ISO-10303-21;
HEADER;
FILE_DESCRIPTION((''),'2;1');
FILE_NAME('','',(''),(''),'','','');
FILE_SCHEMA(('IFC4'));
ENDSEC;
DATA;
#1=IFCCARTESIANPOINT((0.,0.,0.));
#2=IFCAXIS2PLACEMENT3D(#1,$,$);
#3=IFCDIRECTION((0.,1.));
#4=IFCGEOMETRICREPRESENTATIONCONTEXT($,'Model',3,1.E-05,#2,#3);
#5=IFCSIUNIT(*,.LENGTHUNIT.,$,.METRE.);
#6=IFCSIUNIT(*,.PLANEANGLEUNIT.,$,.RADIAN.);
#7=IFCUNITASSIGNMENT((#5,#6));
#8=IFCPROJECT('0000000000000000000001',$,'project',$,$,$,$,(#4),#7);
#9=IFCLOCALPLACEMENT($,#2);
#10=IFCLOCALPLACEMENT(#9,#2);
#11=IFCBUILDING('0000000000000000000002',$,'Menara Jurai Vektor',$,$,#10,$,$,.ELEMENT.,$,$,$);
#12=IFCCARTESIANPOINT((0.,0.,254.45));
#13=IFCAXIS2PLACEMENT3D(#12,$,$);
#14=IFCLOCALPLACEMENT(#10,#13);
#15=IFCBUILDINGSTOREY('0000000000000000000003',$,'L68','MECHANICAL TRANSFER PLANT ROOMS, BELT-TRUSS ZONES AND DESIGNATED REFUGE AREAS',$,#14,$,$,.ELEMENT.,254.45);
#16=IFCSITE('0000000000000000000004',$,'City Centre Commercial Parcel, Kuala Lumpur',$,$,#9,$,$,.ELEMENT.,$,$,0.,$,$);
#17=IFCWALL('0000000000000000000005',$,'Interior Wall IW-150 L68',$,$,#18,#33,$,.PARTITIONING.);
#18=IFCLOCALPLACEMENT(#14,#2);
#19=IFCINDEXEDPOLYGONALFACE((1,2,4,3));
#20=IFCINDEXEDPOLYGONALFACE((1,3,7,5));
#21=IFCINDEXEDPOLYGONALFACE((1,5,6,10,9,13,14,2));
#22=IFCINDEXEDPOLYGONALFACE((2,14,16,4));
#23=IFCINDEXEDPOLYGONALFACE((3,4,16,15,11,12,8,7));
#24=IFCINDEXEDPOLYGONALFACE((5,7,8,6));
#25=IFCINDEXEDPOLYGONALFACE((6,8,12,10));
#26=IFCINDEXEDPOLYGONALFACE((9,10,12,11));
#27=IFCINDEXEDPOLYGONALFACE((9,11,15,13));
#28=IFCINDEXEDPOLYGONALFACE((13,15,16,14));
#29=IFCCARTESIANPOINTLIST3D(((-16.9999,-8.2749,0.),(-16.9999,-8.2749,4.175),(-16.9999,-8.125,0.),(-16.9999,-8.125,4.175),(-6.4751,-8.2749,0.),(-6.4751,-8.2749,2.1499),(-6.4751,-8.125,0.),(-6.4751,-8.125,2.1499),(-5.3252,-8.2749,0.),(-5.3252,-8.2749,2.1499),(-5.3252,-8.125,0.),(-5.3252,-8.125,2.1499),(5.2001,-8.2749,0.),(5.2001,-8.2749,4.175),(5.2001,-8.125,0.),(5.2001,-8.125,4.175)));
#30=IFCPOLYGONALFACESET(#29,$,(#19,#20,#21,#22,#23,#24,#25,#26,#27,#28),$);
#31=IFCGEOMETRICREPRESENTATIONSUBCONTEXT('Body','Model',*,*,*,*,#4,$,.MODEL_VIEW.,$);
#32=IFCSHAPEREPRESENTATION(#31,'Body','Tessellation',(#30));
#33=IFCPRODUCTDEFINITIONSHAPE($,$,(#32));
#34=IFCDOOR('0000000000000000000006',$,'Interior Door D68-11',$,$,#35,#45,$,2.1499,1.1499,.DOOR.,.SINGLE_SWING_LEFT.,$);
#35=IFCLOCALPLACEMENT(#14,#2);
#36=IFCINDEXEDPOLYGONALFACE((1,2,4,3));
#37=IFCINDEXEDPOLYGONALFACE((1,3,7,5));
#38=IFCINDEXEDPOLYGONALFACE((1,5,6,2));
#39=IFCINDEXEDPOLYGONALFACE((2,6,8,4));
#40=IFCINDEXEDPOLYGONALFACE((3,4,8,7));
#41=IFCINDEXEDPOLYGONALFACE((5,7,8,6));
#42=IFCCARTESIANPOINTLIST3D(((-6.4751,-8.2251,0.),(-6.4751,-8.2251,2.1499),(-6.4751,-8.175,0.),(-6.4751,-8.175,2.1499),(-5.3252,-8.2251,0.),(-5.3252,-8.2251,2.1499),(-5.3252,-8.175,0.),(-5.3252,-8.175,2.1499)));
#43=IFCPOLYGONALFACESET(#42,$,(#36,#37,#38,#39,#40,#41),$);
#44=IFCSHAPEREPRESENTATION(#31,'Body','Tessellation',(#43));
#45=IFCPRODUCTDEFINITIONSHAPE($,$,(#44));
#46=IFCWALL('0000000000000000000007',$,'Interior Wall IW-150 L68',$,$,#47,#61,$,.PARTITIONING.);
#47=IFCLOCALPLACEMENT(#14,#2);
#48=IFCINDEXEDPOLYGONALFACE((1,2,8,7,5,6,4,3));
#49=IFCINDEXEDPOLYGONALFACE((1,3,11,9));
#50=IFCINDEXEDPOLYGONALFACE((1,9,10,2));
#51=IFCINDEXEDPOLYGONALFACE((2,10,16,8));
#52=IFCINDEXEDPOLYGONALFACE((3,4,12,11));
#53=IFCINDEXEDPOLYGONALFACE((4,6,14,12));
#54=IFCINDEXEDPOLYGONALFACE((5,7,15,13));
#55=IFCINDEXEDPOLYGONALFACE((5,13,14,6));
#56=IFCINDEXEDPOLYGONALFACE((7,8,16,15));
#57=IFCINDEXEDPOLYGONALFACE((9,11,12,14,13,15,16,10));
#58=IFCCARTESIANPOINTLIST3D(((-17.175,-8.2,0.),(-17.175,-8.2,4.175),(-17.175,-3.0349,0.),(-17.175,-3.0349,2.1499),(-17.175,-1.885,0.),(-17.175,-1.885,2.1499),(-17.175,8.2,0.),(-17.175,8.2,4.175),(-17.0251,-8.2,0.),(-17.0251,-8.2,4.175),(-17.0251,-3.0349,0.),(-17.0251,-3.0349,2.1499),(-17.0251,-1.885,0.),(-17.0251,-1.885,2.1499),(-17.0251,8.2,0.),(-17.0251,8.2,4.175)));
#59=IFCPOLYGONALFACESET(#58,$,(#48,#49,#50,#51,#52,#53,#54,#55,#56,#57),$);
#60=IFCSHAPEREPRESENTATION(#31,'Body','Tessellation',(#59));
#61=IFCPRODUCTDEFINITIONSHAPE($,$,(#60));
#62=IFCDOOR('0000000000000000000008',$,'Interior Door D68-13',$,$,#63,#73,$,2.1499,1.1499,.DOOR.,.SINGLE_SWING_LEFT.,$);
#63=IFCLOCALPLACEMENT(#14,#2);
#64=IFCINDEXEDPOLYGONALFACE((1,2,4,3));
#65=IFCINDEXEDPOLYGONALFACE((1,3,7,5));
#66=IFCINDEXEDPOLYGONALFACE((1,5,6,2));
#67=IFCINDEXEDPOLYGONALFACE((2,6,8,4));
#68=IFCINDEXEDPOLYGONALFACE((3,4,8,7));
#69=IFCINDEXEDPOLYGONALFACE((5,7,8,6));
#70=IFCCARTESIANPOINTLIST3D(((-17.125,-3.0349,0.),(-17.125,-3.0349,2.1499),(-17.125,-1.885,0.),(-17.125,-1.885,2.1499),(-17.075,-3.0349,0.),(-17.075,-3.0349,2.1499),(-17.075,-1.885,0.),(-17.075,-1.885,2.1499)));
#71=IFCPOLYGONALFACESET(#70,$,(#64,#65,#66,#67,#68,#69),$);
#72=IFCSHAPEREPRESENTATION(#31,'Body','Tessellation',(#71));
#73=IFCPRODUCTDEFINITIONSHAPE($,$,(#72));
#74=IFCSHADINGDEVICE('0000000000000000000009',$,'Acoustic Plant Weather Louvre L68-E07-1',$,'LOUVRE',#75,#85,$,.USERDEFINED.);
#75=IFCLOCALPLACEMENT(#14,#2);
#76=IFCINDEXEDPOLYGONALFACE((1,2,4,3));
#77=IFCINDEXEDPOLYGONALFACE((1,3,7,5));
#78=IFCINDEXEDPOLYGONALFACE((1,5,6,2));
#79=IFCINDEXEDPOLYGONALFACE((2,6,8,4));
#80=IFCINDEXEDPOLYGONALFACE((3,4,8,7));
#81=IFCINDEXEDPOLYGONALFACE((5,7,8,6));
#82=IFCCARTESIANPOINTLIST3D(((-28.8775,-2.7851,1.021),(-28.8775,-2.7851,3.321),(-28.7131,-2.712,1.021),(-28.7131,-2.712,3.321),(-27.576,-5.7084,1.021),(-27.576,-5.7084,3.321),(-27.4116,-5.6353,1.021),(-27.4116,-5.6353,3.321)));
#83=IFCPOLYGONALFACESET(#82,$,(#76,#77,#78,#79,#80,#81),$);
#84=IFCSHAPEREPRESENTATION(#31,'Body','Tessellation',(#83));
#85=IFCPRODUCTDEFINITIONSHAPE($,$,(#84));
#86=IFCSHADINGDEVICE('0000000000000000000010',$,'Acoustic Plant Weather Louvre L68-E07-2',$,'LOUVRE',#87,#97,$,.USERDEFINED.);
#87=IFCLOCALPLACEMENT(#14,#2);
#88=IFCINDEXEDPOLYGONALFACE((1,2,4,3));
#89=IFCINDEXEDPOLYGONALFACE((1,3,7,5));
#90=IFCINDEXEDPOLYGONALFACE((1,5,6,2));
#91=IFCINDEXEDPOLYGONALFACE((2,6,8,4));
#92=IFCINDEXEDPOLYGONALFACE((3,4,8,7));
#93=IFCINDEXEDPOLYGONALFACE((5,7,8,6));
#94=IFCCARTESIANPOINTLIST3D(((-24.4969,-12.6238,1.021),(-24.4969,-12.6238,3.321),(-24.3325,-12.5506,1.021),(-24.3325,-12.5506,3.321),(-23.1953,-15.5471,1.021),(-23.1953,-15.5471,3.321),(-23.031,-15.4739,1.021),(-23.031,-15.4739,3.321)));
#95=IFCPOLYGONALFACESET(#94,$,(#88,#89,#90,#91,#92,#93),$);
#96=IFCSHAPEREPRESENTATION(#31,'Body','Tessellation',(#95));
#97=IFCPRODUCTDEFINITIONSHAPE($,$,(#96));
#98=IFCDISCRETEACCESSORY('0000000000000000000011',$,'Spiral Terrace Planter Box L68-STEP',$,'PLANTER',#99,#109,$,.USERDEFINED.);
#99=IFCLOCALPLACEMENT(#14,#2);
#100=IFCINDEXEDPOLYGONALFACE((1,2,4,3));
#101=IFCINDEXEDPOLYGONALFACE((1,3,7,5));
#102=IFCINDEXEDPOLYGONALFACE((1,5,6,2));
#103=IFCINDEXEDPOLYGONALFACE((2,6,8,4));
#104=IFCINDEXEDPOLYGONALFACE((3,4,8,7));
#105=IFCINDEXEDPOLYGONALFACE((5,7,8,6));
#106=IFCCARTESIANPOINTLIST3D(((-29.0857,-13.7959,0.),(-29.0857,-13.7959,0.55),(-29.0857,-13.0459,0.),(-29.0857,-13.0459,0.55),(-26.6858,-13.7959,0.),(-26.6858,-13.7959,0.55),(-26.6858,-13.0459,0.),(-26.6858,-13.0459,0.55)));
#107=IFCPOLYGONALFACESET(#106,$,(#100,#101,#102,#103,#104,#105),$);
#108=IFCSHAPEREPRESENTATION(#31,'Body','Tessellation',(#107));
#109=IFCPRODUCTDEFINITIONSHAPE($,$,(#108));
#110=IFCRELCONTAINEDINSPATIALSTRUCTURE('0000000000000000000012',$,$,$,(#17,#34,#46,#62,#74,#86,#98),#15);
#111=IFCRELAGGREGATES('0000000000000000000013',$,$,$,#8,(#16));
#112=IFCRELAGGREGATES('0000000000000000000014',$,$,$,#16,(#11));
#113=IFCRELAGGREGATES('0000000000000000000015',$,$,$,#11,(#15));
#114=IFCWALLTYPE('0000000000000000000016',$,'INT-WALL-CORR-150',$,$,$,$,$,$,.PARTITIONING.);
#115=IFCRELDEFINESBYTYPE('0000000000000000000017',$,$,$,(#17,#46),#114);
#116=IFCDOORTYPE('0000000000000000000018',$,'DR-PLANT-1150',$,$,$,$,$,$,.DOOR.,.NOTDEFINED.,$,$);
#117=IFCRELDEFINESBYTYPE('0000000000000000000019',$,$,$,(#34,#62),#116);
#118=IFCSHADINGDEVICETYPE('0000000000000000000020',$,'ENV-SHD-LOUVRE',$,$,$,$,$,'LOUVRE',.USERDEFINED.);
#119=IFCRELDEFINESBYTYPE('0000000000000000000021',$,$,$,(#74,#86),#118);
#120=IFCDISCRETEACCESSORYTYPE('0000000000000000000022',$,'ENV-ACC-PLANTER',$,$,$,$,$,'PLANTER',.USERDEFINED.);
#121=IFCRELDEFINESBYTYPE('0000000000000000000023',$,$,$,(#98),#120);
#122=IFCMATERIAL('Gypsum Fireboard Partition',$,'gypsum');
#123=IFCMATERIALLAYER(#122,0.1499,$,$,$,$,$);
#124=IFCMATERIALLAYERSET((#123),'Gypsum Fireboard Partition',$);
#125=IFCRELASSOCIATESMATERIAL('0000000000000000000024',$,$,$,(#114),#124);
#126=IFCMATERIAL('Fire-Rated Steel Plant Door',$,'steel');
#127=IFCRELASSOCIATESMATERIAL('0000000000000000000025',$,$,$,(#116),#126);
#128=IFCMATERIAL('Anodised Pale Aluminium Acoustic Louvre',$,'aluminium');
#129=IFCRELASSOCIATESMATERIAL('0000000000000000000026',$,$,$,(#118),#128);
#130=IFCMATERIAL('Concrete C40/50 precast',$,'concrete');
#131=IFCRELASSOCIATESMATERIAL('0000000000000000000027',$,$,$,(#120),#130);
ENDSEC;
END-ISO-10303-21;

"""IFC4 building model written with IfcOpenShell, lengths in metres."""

from ifc_helpers import new_model, si_unit, direction, frame, frame_2d, origin, origin_2d, place, context, subcontext, project, spatial, rectangle, extrude, material, layer, layer_set, type_object, element, fill, save


model = new_model("IFC4")

# Units and contexts
model_context = context("Model", 3, precision=1e-05, world=origin(), true_north=direction((0.0, 1.0)))
body_context = subcontext(model_context, "Body", "Model", "MODEL_VIEW")
ifc_project = project(units=[si_unit("LENGTHUNIT", "METRE"), si_unit("PLANEANGLEUNIT", "RADIAN")], contexts=[model_context])

# Site, building, storey
site_placement = place(None, origin())
site = spatial("IfcSite", under=ifc_project, at=site_placement, Name="City Centre Commercial Parcel, Kuala Lumpur", CompositionType="ELEMENT", RefElevation=0.0)
building_placement = place(site_placement, origin())
building = spatial("IfcBuilding", under=site, at=building_placement, Name="Menara Jurai Vektor", CompositionType="ELEMENT")
storey_placement = place(building_placement, frame((0.0, 0.0, 254.45)))
storey = spatial("IfcBuildingStorey", under=building, at=storey_placement, Name="L68", Description="MECHANICAL TRANSFER PLANT ROOMS, BELT-TRUSS ZONES AND DESIGNATED REFUGE AREAS", CompositionType="ELEMENT", Elevation=254.45)

# Walls, openings, doors
ifc_material_1 = material(Name="Gypsum Fireboard Partition", Category="gypsum")
ifc_layer = layer(ifc_material_1, 0.1499)
ifc_layer_set = layer_set([ifc_layer], Name="Gypsum Fireboard Partition")
wall_type = type_object("IfcWallType", Name="INT-WALL-CORR-150", PredefinedType="PARTITIONING", material=ifc_layer_set)
wall_1_placement = place(storey_placement, frame((-17.0, -8.2, 0.0), z_axis=(0.0, 0.0, 1.0), x_axis=(1.0, 0.0, 0.0)))
wall_1 = element("IfcWall", 1, at=wall_1_placement, inside=storey, type_object=wall_type, Name="Interior Wall IW-150 L68", PredefinedType="PARTITIONING", context=body_context, shape_type="SweptSolid", body=[
    extrude(rectangle(XDim=22.2, YDim=0.1499, at=frame_2d((11.1001, 0.0))), origin(), (0.0, 0.0, 1.0), 4.175),
])
opening_1_placement = place(wall_1_placement, frame((10.5249, 0.0, 0.0)))
opening_1 = element("IfcOpeningElement", 2, at=opening_1_placement, cuts=wall_1, PredefinedType="OPENING", context=body_context, shape_type="SweptSolid", body=[
    extrude(rectangle(XDim=1.1499, YDim=2.1499, at=frame_2d((0.575, 1.075))), frame((0.0, 0.085, 0.0), z_axis=(0.0, -1.0, 0.0), x_axis=(1.0, 0.0, 0.0)), (0.0, 0.0, 1.0), 0.1699),
])
ifc_material_2 = material(Name="Fire-Rated Steel Plant Door", Category="steel")
door_type = type_object("IfcDoorType", Name="DR-PLANT-1150", OperationType="NOTDEFINED", PredefinedType="DOOR", material=ifc_material_2)
door_1_placement = place(opening_1_placement, origin())
door_1 = element("IfcDoor", 3, at=door_1_placement, inside=storey, type_object=door_type, Name="Interior Door D68-11", OperationType="SINGLE_SWING_LEFT", OverallHeight=2.1499, OverallWidth=1.1499, PredefinedType="DOOR", context=body_context, shape_type="SweptSolid", body=[
    extrude(rectangle(XDim=1.1499, YDim=2.1499, at=frame_2d((0.575, 1.075))), frame((0.0, 0.0249, 0.0), z_axis=(0.0, -1.0, 0.0), x_axis=(1.0, 0.0, 0.0)), (0.0, 0.0, 1.0), 0.05),
])
fill(opening_1, door_1)
wall_2_placement = place(storey_placement, frame((-17.1001, -8.2, 0.0), z_axis=(0.0, 0.0, 1.0), x_axis=(0.0, 1.0, 0.0)))
wall_2 = element("IfcWall", 4, at=wall_2_placement, inside=storey, type_object=wall_type, Name="Interior Wall IW-150 L68", PredefinedType="PARTITIONING", context=body_context, shape_type="SweptSolid", body=[
    extrude(rectangle(XDim=16.3999, YDim=0.1499, at=frame_2d((8.2, 0.0))), origin(), (0.0, 0.0, 1.0), 4.175),
])
opening_2_placement = place(wall_2_placement, frame((5.165, 0.0, 0.0)))
opening_2 = element("IfcOpeningElement", 5, at=opening_2_placement, cuts=wall_2, PredefinedType="OPENING", context=body_context, shape_type="SweptSolid", body=[
    extrude(rectangle(XDim=1.1499, YDim=2.1499, at=frame_2d((0.575, 1.075))), frame((0.0, 0.085, 0.0), z_axis=(0.0, -1.0, 0.0), x_axis=(1.0, 0.0, 0.0)), (0.0, 0.0, 1.0), 0.1699),
])
door_2_placement = place(opening_2_placement, origin())
door_2 = element("IfcDoor", 6, at=door_2_placement, inside=storey, type_object=door_type, Name="Interior Door D68-13", OperationType="SINGLE_SWING_LEFT", OverallHeight=2.1499, OverallWidth=1.1499, PredefinedType="DOOR", context=body_context, shape_type="SweptSolid", body=[
    extrude(rectangle(XDim=1.1499, YDim=2.1499, at=frame_2d((0.575, 1.075))), frame((0.0, 0.0249, 0.0), z_axis=(0.0, -1.0, 0.0), x_axis=(1.0, 0.0, 0.0)), (0.0, 0.0, 1.0), 0.05),
])
fill(opening_2, door_2)

# Shading devices
ifc_material_3 = material(Name="Anodised Pale Aluminium Acoustic Louvre", Category="aluminium")
shading_device_type = type_object("IfcShadingDeviceType", Name="ENV-SHD-LOUVRE", ElementType="LOUVRE", PredefinedType="USERDEFINED", material=ifc_material_3)
for number, where, z_axis, x_axis, name in (
    (7, (-28.1445, -4.2102, 1.021), (0.0, 0.0, 1.0), (0.406737, -0.913545, 0.0), "Acoustic Plant Weather Louvre L68-E07-1"),
    (8, (-23.7639, -14.0488, 1.021), (0.0, 0.0, 1.0), (0.406737, -0.913545, 0.0), "Acoustic Plant Weather Louvre L68-E07-2"),
):
    element("IfcShadingDevice", number, at=place(storey_placement, frame(where, z_axis=z_axis, x_axis=x_axis)), inside=storey, type_object=shading_device_type, Name=name, ObjectType="LOUVRE", PredefinedType="USERDEFINED", context=body_context, shape_type="SweptSolid", body=[
        extrude(rectangle(XDim=3.2, YDim=0.1799, at=origin_2d()), origin(), (0.0, 0.0, 1.0), 2.3),
    ])

# Discrete accessory
ifc_material_4 = material(Name="Concrete C40/50 precast", Category="concrete")
discrete_accessory_type = type_object("IfcDiscreteAccessoryType", Name="ENV-ACC-PLANTER", ElementType="PLANTER", PredefinedType="USERDEFINED", material=ifc_material_4)
discrete_accessory_placement = place(storey_placement, frame((-27.8857, -13.4209, 0.0), z_axis=(0.0, 0.0, 1.0), x_axis=(1.0, 0.0, 0.0)))
element("IfcDiscreteAccessory", 9, at=discrete_accessory_placement, inside=storey, type_object=discrete_accessory_type, Name="Spiral Terrace Planter Box L68-STEP", ObjectType="PLANTER", PredefinedType="USERDEFINED", context=body_context, shape_type="SweptSolid", body=[
    extrude(rectangle(XDim=2.3999, YDim=0.75, at=origin_2d()), origin(), (0.0, 0.0, 1.0), 0.55),
])

save(model, "model.ifc")
